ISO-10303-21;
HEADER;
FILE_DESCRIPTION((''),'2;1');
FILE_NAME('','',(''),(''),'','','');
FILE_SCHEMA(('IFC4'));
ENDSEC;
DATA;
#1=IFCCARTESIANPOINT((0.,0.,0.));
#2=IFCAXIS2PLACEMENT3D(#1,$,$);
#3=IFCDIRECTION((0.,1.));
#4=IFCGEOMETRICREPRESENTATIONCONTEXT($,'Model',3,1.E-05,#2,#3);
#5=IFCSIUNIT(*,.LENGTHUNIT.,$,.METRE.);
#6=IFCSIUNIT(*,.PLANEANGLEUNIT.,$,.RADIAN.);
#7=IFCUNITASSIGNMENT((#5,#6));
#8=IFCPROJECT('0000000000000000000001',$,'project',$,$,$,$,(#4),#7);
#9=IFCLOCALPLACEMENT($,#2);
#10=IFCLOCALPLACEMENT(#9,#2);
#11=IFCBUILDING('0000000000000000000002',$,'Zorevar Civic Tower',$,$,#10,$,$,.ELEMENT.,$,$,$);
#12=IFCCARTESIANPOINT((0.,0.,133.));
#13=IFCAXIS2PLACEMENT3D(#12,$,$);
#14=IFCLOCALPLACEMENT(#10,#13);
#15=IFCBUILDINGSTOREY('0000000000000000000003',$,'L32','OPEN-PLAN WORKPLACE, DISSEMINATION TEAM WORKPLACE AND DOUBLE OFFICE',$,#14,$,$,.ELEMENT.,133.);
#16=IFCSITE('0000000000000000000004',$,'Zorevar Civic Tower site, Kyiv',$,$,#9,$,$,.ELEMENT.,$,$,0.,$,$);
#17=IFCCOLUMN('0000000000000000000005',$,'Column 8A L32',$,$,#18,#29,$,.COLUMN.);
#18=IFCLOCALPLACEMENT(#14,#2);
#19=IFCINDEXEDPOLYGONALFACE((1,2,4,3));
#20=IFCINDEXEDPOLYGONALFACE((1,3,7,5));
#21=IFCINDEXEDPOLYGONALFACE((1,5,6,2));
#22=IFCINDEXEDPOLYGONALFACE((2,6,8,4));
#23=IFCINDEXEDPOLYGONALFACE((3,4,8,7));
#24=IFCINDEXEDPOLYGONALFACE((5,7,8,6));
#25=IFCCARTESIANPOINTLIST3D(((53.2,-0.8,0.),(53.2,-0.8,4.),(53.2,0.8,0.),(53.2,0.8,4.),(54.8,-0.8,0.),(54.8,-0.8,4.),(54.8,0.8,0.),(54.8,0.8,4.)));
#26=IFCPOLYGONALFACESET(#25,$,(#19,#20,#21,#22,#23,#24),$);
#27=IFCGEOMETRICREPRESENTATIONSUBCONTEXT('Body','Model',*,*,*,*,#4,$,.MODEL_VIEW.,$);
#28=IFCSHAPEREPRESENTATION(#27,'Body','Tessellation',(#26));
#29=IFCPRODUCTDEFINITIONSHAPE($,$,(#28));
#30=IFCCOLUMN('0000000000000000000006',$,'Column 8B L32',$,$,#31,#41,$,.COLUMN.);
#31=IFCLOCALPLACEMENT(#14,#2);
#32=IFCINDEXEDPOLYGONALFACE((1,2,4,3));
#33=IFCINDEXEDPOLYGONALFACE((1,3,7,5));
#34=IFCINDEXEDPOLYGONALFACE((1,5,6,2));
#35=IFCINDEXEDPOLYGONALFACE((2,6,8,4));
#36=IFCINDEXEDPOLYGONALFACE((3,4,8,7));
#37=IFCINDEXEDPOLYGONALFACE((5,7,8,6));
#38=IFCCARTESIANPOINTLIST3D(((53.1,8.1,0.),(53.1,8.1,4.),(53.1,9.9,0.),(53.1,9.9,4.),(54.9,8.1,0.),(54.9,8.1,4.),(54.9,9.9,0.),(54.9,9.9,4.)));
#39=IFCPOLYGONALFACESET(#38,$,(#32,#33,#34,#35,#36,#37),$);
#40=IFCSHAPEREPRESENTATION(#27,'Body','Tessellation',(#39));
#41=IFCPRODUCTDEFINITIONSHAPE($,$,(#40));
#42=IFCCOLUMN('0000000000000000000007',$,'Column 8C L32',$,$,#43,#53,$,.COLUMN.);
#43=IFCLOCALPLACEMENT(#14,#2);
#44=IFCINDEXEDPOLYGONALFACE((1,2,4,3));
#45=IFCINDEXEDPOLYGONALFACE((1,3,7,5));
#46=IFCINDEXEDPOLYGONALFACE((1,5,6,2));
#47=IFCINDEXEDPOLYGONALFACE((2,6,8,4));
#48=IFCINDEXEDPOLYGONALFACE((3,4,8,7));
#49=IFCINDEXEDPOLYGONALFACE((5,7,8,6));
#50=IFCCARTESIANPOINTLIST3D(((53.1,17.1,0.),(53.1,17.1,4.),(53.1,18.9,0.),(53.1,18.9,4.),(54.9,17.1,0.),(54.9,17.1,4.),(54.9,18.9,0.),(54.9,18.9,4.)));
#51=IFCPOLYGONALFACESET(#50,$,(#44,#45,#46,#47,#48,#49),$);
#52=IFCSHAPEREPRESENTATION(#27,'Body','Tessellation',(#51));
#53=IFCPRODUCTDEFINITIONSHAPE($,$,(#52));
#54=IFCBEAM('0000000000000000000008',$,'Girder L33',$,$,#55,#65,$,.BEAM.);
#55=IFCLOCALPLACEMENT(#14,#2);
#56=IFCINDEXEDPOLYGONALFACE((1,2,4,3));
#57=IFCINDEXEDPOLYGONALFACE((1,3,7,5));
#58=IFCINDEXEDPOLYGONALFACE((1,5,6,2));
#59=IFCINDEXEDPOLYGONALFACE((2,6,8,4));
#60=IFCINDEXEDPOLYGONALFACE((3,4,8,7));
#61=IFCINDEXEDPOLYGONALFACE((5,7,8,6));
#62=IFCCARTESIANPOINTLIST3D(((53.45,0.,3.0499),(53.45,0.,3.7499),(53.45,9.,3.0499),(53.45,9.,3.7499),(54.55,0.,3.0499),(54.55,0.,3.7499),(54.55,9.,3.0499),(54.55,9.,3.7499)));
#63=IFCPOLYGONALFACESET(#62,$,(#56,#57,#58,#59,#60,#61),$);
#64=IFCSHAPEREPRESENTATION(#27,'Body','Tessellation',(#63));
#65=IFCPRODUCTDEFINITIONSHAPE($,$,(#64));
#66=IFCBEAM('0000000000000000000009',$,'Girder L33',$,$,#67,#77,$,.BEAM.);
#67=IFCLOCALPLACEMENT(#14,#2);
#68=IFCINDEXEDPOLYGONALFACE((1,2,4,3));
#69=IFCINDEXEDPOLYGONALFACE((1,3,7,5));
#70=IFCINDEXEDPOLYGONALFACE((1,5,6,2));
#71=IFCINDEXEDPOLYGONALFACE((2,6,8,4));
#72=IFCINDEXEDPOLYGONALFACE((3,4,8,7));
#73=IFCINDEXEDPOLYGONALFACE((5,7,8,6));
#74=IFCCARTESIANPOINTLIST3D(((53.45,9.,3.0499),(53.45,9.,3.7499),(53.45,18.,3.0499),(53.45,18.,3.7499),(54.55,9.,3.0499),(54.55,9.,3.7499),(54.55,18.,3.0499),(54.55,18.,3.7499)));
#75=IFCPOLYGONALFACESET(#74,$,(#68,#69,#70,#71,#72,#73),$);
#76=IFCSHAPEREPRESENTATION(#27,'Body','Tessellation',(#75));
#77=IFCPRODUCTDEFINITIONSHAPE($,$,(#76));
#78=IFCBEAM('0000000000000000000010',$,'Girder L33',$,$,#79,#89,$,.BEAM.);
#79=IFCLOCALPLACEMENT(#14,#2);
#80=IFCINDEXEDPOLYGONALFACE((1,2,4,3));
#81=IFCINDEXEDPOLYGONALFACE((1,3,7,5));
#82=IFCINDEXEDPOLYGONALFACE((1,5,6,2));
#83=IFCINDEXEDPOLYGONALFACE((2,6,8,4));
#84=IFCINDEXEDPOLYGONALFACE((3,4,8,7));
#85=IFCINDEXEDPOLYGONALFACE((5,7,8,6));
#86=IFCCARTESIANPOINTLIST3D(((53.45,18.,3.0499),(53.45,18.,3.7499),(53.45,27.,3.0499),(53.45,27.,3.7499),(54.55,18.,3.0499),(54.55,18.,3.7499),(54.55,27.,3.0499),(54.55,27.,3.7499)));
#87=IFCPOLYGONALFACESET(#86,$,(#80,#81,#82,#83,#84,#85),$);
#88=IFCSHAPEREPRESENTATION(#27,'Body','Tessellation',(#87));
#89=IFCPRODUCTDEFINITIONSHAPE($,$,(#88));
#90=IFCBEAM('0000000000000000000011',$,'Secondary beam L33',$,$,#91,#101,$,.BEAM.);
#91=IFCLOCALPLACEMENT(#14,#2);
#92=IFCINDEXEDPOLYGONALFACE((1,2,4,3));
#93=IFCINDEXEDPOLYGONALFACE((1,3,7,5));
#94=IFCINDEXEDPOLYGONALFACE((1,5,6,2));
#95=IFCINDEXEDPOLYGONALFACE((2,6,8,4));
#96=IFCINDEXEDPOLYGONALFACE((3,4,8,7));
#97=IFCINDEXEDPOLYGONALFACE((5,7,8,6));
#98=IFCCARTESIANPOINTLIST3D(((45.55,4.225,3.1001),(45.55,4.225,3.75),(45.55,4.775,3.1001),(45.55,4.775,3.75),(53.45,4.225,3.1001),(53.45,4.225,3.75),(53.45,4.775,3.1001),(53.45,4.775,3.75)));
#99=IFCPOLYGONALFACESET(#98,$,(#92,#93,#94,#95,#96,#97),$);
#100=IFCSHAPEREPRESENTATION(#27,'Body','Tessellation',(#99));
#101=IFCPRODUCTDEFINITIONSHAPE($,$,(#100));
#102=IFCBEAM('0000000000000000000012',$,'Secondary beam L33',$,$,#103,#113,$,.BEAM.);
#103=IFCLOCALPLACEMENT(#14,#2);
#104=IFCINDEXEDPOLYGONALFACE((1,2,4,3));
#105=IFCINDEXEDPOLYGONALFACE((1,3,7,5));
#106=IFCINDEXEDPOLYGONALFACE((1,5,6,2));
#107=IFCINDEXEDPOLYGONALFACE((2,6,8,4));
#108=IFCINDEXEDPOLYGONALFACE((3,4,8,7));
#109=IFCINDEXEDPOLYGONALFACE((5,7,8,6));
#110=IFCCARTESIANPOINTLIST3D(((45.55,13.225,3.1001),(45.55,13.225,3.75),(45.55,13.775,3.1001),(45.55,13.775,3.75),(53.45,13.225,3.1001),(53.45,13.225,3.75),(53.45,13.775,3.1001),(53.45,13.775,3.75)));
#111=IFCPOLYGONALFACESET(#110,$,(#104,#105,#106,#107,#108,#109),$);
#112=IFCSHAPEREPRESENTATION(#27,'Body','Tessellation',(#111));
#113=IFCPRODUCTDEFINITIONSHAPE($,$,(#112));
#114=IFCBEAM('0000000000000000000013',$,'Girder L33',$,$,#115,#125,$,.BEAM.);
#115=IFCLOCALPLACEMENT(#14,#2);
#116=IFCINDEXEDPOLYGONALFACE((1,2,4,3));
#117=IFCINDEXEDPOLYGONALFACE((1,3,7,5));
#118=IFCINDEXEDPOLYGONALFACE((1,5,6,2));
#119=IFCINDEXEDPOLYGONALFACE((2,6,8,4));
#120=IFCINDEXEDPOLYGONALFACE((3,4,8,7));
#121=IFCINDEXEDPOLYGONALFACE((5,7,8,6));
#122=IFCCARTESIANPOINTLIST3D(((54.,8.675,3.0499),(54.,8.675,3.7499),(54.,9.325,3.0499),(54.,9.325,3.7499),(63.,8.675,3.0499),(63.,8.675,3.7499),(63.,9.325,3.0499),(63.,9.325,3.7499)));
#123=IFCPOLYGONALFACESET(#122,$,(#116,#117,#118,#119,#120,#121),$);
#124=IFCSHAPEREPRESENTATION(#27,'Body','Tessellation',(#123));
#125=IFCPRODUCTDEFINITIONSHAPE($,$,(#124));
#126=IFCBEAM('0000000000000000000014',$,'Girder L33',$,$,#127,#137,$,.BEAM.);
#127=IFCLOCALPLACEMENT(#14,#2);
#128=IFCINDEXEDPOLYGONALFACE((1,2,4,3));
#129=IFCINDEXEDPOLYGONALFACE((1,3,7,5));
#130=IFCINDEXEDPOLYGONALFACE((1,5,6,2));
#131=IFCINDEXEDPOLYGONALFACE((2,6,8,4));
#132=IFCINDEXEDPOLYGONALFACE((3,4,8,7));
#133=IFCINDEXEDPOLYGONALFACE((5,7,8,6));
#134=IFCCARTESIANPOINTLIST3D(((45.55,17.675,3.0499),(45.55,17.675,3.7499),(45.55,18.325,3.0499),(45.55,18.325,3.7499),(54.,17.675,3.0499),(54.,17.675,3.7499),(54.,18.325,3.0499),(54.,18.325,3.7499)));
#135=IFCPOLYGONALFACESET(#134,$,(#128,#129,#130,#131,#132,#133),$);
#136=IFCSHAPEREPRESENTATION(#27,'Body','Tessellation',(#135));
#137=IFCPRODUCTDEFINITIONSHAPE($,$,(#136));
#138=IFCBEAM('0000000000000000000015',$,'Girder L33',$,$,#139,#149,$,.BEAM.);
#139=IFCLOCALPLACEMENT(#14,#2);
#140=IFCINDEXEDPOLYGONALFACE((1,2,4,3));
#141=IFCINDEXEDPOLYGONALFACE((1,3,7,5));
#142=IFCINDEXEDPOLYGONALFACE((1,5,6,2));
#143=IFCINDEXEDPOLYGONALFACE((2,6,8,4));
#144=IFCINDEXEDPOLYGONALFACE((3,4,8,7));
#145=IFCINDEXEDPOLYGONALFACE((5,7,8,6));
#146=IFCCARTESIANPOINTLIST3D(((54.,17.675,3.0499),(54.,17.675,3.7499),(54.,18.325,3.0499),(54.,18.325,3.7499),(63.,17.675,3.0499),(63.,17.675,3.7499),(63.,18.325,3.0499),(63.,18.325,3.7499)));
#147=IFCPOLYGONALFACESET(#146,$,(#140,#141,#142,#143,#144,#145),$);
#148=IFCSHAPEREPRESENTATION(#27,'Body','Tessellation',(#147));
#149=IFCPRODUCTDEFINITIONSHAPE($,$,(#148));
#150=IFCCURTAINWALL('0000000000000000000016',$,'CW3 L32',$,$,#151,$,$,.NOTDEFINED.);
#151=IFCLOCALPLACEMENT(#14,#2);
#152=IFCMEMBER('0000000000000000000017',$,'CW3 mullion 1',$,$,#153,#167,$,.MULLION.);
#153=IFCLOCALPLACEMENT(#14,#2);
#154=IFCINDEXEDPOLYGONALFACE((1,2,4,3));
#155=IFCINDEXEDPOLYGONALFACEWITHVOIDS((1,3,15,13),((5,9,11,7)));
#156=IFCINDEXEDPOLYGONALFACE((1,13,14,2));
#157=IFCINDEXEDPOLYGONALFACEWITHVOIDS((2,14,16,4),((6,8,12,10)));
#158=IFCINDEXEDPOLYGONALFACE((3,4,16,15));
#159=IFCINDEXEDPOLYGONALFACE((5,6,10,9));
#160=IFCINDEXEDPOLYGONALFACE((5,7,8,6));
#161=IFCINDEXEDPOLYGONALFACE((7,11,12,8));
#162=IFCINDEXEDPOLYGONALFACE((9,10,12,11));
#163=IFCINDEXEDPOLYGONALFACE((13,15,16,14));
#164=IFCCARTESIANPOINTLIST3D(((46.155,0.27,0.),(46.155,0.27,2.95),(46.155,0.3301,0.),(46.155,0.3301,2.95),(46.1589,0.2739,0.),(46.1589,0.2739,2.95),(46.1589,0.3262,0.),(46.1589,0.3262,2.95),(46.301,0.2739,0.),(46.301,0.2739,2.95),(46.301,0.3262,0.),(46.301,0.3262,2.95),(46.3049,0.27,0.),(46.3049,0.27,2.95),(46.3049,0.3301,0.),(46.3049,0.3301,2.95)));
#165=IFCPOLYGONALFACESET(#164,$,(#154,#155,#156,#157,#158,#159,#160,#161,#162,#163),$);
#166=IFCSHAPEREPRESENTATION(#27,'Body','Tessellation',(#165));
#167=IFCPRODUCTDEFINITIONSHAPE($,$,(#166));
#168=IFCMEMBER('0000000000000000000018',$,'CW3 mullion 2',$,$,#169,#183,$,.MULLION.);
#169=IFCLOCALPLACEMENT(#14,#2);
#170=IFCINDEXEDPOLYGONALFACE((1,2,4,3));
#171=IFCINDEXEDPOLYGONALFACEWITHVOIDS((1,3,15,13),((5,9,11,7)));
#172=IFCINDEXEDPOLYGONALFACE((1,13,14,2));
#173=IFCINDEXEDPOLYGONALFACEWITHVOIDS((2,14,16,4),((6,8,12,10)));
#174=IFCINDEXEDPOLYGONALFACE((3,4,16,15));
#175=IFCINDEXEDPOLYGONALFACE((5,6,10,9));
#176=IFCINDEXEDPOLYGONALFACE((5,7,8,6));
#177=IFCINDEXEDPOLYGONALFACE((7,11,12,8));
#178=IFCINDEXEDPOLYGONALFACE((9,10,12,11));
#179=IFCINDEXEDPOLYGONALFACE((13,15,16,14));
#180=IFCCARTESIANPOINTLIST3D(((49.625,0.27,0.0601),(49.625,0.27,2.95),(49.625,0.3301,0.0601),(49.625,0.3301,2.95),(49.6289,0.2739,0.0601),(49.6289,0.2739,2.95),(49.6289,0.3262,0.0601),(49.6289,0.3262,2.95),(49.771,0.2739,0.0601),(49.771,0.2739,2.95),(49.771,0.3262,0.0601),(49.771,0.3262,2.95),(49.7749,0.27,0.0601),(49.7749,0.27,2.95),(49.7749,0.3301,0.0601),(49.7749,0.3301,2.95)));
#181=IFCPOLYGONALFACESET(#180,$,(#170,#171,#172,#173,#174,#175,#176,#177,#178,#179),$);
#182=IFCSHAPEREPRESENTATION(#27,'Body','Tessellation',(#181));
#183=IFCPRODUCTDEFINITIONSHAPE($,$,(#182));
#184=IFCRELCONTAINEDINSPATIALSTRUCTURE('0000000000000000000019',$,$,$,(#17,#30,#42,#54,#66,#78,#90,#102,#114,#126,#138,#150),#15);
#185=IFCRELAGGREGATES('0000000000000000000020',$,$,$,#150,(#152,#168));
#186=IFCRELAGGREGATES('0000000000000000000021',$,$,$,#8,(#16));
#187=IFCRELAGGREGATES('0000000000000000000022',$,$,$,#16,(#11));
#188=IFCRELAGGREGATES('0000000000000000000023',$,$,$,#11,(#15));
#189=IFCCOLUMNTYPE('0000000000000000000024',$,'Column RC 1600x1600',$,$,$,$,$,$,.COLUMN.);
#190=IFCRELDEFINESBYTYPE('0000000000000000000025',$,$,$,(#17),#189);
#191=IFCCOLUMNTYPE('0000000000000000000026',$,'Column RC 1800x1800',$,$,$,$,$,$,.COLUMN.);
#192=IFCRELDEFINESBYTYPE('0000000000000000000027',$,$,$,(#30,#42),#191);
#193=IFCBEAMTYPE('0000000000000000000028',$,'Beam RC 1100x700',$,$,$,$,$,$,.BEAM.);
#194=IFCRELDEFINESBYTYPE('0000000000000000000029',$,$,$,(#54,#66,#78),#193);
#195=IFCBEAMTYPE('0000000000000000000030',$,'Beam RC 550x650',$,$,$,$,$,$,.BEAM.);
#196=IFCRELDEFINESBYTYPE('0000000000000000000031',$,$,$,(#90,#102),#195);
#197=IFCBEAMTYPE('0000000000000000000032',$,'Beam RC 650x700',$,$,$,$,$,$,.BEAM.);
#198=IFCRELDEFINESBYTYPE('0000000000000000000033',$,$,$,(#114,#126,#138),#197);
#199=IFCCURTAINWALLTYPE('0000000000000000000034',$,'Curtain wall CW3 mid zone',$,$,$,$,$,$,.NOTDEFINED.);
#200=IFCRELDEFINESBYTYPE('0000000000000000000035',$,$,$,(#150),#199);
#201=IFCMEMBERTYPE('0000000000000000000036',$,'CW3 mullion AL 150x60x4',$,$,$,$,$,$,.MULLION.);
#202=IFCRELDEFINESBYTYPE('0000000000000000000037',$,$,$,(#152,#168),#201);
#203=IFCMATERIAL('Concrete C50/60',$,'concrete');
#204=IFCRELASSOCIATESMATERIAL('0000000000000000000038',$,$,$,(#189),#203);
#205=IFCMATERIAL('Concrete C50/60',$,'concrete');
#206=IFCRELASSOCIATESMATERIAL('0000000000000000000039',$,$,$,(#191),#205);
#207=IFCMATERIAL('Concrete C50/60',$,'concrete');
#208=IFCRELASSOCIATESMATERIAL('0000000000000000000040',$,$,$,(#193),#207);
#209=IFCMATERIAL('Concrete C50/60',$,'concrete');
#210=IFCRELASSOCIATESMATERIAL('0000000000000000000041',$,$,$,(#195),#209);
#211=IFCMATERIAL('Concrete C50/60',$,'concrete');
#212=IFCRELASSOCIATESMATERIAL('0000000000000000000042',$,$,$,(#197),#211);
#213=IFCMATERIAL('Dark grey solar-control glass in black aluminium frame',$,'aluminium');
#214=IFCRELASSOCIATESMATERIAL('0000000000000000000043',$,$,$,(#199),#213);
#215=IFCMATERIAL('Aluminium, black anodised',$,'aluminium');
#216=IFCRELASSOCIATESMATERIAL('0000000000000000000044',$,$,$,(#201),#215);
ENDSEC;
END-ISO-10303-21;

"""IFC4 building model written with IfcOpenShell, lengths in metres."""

from ifc_helpers import new_model, si_unit, direction, frame, origin, origin_2d, place, context, subcontext, project, spatial, rectangle, hollow_rectangle, extrude, material, material_profile, profile_set, type_object, element, aggregate, save


model = new_model("IFC4")

# Units and contexts
model_context = context("Model", 3, precision=1e-05, world=origin(), true_north=direction((0.0, 1.0)))
body_context = subcontext(model_context, "Body", "Model", "MODEL_VIEW")
ifc_project = project(units=[si_unit("LENGTHUNIT", "METRE"), si_unit("PLANEANGLEUNIT", "RADIAN")], contexts=[model_context])

# Site, building, storey
site_placement = place(None, origin())
site = spatial("IfcSite", under=ifc_project, at=site_placement, Name="Zorevar Civic Tower site, Kyiv", CompositionType="ELEMENT", RefElevation=0.0)
building_placement = place(site_placement, origin())
building = spatial("IfcBuilding", under=site, at=building_placement, Name="Zorevar Civic Tower", CompositionType="ELEMENT")
storey_placement = place(building_placement, frame((0.0, 0.0, 133.0)))
storey = spatial("IfcBuildingStorey", under=building, at=storey_placement, Name="L32", Description="OPEN-PLAN WORKPLACE, DISSEMINATION TEAM WORKPLACE AND DOUBLE OFFICE", CompositionType="ELEMENT", Elevation=133.0)

# Columns
ifc_material_1 = material(Name="Concrete C50/60", Category="concrete")
ifc_material_profile_1 = material_profile(ifc_material_1, rectangle(XDim=1.6001, YDim=1.6001, at=origin_2d()), Name="RC 1600x1600")
ifc_profile_set_1 = profile_set([ifc_material_profile_1], Name="Concrete C50/60")
column_type_1 = type_object("IfcColumnType", Name="Column RC 1600x1600", PredefinedType="COLUMN", material=ifc_profile_set_1)
column_placement = place(storey_placement, frame((54.0, 0.0, 0.0), z_axis=(0.0, 0.0, 1.0), x_axis=(1.0, 0.0, 0.0)))
element("IfcColumn", 1, at=column_placement, inside=storey, type_object=column_type_1, Name="Column 8A L32", PredefinedType="COLUMN", context=body_context, shape_type="SweptSolid", body=[
    extrude(rectangle(XDim=1.6001, YDim=1.6001, at=origin_2d()), origin(), (0.0, 0.0, 1.0), 4.0),
])
ifc_material_2 = material(Name="Concrete C50/60", Category="concrete")
ifc_material_profile_2 = material_profile(ifc_material_2, rectangle(XDim=1.8, YDim=1.8, at=origin_2d()), Name="RC 1800x1800")
ifc_profile_set_2 = profile_set([ifc_material_profile_2], Name="Concrete C50/60")
column_type_2 = type_object("IfcColumnType", Name="Column RC 1800x1800", PredefinedType="COLUMN", material=ifc_profile_set_2)
for number, where, z_axis, x_axis, name in (
    (2, (54.0, 9.0, 0.0), (0.0, 0.0, 1.0), (1.0, 0.0, 0.0), "Column 8B L32"),
    (3, (54.0, 18.0, 0.0), (0.0, 0.0, 1.0), (1.0, 0.0, 0.0), "Column 8C L32"),
):
    element("IfcColumn", number, at=place(storey_placement, frame(where, z_axis=z_axis, x_axis=x_axis)), inside=storey, type_object=column_type_2, Name=name, PredefinedType="COLUMN", context=body_context, shape_type="SweptSolid", body=[
        extrude(rectangle(XDim=1.8, YDim=1.8, at=origin_2d()), origin(), (0.0, 0.0, 1.0), 4.0),
    ])

# Beams
ifc_material_3 = material(Name="Concrete C50/60", Category="concrete")
ifc_material_profile_3 = material_profile(ifc_material_3, rectangle(XDim=1.1001, YDim=0.7, at=origin_2d()), Name="RC 1100x700")
ifc_profile_set_3 = profile_set([ifc_material_profile_3], Name="Concrete C50/60")
beam_type_1 = type_object("IfcBeamType", Name="Beam RC 1100x700", PredefinedType="BEAM", material=ifc_profile_set_3)
for number, where, z_axis, x_axis, name in (
    (4, (54.0, 0.0, 3.3999), (0.0, 1.0, 0.0), (-1.0, 0.0, 0.0), "Girder L33"),
    (5, (54.0, 9.0, 3.3999), (0.0, 1.0, 0.0), (-1.0, 0.0, 0.0), "Girder L33"),
    (6, (54.0, 18.0, 3.3999), (0.0, 1.0, 0.0), (-1.0, 0.0, 0.0), "Girder L33"),
):
    element("IfcBeam", number, at=place(storey_placement, frame(where, z_axis=z_axis, x_axis=x_axis)), inside=storey, type_object=beam_type_1, Name=name, PredefinedType="BEAM", context=body_context, shape_type="SweptSolid", body=[
        extrude(rectangle(XDim=1.1001, YDim=0.7, at=origin_2d()), origin(), (0.0, 0.0, 1.0), 9.0),
    ])
ifc_material_4 = material(Name="Concrete C50/60", Category="concrete")
ifc_material_profile_4 = material_profile(ifc_material_4, rectangle(XDim=0.55, YDim=0.6499, at=origin_2d()), Name="RC 550x650")
ifc_profile_set_4 = profile_set([ifc_material_profile_4], Name="Concrete C50/60")
beam_type_2 = type_object("IfcBeamType", Name="Beam RC 550x650", PredefinedType="BEAM", material=ifc_profile_set_4)
for number, where, z_axis, x_axis, name in (
    (7, (45.55, 4.5, 3.425), (1.0, 0.0, 0.0), (0.0, 1.0, 0.0), "Secondary beam L33"),
    (8, (45.55, 13.5, 3.425), (1.0, 0.0, 0.0), (0.0, 1.0, 0.0), "Secondary beam L33"),
):
    element("IfcBeam", number, at=place(storey_placement, frame(where, z_axis=z_axis, x_axis=x_axis)), inside=storey, type_object=beam_type_2, Name=name, PredefinedType="BEAM", context=body_context, shape_type="SweptSolid", body=[
        extrude(rectangle(XDim=0.55, YDim=0.6499, at=origin_2d()), origin(), (0.0, 0.0, 1.0), 7.8999),
    ])
ifc_material_5 = material(Name="Concrete C50/60", Category="concrete")
ifc_material_profile_5 = material_profile(ifc_material_5, rectangle(XDim=0.6499, YDim=0.7, at=origin_2d()), Name="RC 650x700")
ifc_profile_set_5 = profile_set([ifc_material_profile_5], Name="Concrete C50/60")
beam_type_3 = type_object("IfcBeamType", Name="Beam RC 650x700", PredefinedType="BEAM", material=ifc_profile_set_5)
beam_1_placement = place(storey_placement, frame((54.0, 9.0, 3.3999), z_axis=(1.0, 0.0, 0.0), x_axis=(0.0, 1.0, 0.0)))
element("IfcBeam", 9, at=beam_1_placement, inside=storey, type_object=beam_type_3, Name="Girder L33", PredefinedType="BEAM", context=body_context, shape_type="SweptSolid", body=[
    extrude(rectangle(XDim=0.6499, YDim=0.7, at=origin_2d()), origin(), (0.0, 0.0, 1.0), 9.0),
])
beam_2_placement = place(storey_placement, frame((45.55, 18.0, 3.3999), z_axis=(1.0, 0.0, 0.0), x_axis=(0.0, 1.0, 0.0)))
element("IfcBeam", 10, at=beam_2_placement, inside=storey, type_object=beam_type_3, Name="Girder L33", PredefinedType="BEAM", context=body_context, shape_type="SweptSolid", body=[
    extrude(rectangle(XDim=0.6499, YDim=0.7, at=origin_2d()), origin(), (0.0, 0.0, 1.0), 8.45),
])
beam_3_placement = place(storey_placement, frame((54.0, 18.0, 3.3999), z_axis=(1.0, 0.0, 0.0), x_axis=(0.0, 1.0, 0.0)))
element("IfcBeam", 11, at=beam_3_placement, inside=storey, type_object=beam_type_3, Name="Girder L33", PredefinedType="BEAM", context=body_context, shape_type="SweptSolid", body=[
    extrude(rectangle(XDim=0.6499, YDim=0.7, at=origin_2d()), origin(), (0.0, 0.0, 1.0), 9.0),
])

# Curtain wall, members
ifc_material_6 = material(Name="Dark grey solar-control glass in black aluminium frame", Category="aluminium")
curtain_wall_type = type_object("IfcCurtainWallType", Name="Curtain wall CW3 mid zone", PredefinedType="NOTDEFINED", material=ifc_material_6)
curtain_wall_placement = place(storey_placement, origin())
curtain_wall = element("IfcCurtainWall", 12, at=curtain_wall_placement, inside=storey, type_object=curtain_wall_type, Name="CW3 L32", PredefinedType="NOTDEFINED")
ifc_material_7 = material(Name="Aluminium, black anodised", Category="aluminium")
ifc_material_profile_6 = material_profile(ifc_material_7, hollow_rectangle(XDim=0.0601, YDim=0.1499, WallThickness=0.0039, at=origin_2d()), Name="AL 150x60x4")
ifc_profile_set_6 = profile_set([ifc_material_profile_6], Name="Aluminium, black anodised")
member_type_1 = type_object("IfcMemberType", Name="CW3 mullion AL 150x60x4", PredefinedType="MULLION", material=ifc_profile_set_6)
member_1_placement = place(storey_placement, frame((46.23, 0.3, 0.0), z_axis=(0.0, 0.0, 1.0), x_axis=(0.0, 1.0, 0.0)))
member_1 = element("IfcMember", 13, at=member_1_placement, type_object=member_type_1, Name="CW3 mullion 1", PredefinedType="MULLION", context=body_context, shape_type="SweptSolid", body=[
    extrude(hollow_rectangle(XDim=0.0601, YDim=0.1499, WallThickness=0.0039, at=origin_2d()), origin(), (0.0, 0.0, 1.0), 2.95),
])
member_2_placement = place(storey_placement, frame((49.7, 0.3, 0.0601), z_axis=(0.0, 0.0, 1.0), x_axis=(0.0, 1.0, 0.0)))
member_2 = element("IfcMember", 14, at=member_2_placement, type_object=member_type_1, Name="CW3 mullion 2", PredefinedType="MULLION", context=body_context, shape_type="SweptSolid", body=[
    extrude(hollow_rectangle(XDim=0.0601, YDim=0.1499, WallThickness=0.0039, at=origin_2d()), origin(), (0.0, 0.0, 1.0), 2.8899),
])

aggregate(curtain_wall, [member_1, member_2])

save(model, "model.ifc")
